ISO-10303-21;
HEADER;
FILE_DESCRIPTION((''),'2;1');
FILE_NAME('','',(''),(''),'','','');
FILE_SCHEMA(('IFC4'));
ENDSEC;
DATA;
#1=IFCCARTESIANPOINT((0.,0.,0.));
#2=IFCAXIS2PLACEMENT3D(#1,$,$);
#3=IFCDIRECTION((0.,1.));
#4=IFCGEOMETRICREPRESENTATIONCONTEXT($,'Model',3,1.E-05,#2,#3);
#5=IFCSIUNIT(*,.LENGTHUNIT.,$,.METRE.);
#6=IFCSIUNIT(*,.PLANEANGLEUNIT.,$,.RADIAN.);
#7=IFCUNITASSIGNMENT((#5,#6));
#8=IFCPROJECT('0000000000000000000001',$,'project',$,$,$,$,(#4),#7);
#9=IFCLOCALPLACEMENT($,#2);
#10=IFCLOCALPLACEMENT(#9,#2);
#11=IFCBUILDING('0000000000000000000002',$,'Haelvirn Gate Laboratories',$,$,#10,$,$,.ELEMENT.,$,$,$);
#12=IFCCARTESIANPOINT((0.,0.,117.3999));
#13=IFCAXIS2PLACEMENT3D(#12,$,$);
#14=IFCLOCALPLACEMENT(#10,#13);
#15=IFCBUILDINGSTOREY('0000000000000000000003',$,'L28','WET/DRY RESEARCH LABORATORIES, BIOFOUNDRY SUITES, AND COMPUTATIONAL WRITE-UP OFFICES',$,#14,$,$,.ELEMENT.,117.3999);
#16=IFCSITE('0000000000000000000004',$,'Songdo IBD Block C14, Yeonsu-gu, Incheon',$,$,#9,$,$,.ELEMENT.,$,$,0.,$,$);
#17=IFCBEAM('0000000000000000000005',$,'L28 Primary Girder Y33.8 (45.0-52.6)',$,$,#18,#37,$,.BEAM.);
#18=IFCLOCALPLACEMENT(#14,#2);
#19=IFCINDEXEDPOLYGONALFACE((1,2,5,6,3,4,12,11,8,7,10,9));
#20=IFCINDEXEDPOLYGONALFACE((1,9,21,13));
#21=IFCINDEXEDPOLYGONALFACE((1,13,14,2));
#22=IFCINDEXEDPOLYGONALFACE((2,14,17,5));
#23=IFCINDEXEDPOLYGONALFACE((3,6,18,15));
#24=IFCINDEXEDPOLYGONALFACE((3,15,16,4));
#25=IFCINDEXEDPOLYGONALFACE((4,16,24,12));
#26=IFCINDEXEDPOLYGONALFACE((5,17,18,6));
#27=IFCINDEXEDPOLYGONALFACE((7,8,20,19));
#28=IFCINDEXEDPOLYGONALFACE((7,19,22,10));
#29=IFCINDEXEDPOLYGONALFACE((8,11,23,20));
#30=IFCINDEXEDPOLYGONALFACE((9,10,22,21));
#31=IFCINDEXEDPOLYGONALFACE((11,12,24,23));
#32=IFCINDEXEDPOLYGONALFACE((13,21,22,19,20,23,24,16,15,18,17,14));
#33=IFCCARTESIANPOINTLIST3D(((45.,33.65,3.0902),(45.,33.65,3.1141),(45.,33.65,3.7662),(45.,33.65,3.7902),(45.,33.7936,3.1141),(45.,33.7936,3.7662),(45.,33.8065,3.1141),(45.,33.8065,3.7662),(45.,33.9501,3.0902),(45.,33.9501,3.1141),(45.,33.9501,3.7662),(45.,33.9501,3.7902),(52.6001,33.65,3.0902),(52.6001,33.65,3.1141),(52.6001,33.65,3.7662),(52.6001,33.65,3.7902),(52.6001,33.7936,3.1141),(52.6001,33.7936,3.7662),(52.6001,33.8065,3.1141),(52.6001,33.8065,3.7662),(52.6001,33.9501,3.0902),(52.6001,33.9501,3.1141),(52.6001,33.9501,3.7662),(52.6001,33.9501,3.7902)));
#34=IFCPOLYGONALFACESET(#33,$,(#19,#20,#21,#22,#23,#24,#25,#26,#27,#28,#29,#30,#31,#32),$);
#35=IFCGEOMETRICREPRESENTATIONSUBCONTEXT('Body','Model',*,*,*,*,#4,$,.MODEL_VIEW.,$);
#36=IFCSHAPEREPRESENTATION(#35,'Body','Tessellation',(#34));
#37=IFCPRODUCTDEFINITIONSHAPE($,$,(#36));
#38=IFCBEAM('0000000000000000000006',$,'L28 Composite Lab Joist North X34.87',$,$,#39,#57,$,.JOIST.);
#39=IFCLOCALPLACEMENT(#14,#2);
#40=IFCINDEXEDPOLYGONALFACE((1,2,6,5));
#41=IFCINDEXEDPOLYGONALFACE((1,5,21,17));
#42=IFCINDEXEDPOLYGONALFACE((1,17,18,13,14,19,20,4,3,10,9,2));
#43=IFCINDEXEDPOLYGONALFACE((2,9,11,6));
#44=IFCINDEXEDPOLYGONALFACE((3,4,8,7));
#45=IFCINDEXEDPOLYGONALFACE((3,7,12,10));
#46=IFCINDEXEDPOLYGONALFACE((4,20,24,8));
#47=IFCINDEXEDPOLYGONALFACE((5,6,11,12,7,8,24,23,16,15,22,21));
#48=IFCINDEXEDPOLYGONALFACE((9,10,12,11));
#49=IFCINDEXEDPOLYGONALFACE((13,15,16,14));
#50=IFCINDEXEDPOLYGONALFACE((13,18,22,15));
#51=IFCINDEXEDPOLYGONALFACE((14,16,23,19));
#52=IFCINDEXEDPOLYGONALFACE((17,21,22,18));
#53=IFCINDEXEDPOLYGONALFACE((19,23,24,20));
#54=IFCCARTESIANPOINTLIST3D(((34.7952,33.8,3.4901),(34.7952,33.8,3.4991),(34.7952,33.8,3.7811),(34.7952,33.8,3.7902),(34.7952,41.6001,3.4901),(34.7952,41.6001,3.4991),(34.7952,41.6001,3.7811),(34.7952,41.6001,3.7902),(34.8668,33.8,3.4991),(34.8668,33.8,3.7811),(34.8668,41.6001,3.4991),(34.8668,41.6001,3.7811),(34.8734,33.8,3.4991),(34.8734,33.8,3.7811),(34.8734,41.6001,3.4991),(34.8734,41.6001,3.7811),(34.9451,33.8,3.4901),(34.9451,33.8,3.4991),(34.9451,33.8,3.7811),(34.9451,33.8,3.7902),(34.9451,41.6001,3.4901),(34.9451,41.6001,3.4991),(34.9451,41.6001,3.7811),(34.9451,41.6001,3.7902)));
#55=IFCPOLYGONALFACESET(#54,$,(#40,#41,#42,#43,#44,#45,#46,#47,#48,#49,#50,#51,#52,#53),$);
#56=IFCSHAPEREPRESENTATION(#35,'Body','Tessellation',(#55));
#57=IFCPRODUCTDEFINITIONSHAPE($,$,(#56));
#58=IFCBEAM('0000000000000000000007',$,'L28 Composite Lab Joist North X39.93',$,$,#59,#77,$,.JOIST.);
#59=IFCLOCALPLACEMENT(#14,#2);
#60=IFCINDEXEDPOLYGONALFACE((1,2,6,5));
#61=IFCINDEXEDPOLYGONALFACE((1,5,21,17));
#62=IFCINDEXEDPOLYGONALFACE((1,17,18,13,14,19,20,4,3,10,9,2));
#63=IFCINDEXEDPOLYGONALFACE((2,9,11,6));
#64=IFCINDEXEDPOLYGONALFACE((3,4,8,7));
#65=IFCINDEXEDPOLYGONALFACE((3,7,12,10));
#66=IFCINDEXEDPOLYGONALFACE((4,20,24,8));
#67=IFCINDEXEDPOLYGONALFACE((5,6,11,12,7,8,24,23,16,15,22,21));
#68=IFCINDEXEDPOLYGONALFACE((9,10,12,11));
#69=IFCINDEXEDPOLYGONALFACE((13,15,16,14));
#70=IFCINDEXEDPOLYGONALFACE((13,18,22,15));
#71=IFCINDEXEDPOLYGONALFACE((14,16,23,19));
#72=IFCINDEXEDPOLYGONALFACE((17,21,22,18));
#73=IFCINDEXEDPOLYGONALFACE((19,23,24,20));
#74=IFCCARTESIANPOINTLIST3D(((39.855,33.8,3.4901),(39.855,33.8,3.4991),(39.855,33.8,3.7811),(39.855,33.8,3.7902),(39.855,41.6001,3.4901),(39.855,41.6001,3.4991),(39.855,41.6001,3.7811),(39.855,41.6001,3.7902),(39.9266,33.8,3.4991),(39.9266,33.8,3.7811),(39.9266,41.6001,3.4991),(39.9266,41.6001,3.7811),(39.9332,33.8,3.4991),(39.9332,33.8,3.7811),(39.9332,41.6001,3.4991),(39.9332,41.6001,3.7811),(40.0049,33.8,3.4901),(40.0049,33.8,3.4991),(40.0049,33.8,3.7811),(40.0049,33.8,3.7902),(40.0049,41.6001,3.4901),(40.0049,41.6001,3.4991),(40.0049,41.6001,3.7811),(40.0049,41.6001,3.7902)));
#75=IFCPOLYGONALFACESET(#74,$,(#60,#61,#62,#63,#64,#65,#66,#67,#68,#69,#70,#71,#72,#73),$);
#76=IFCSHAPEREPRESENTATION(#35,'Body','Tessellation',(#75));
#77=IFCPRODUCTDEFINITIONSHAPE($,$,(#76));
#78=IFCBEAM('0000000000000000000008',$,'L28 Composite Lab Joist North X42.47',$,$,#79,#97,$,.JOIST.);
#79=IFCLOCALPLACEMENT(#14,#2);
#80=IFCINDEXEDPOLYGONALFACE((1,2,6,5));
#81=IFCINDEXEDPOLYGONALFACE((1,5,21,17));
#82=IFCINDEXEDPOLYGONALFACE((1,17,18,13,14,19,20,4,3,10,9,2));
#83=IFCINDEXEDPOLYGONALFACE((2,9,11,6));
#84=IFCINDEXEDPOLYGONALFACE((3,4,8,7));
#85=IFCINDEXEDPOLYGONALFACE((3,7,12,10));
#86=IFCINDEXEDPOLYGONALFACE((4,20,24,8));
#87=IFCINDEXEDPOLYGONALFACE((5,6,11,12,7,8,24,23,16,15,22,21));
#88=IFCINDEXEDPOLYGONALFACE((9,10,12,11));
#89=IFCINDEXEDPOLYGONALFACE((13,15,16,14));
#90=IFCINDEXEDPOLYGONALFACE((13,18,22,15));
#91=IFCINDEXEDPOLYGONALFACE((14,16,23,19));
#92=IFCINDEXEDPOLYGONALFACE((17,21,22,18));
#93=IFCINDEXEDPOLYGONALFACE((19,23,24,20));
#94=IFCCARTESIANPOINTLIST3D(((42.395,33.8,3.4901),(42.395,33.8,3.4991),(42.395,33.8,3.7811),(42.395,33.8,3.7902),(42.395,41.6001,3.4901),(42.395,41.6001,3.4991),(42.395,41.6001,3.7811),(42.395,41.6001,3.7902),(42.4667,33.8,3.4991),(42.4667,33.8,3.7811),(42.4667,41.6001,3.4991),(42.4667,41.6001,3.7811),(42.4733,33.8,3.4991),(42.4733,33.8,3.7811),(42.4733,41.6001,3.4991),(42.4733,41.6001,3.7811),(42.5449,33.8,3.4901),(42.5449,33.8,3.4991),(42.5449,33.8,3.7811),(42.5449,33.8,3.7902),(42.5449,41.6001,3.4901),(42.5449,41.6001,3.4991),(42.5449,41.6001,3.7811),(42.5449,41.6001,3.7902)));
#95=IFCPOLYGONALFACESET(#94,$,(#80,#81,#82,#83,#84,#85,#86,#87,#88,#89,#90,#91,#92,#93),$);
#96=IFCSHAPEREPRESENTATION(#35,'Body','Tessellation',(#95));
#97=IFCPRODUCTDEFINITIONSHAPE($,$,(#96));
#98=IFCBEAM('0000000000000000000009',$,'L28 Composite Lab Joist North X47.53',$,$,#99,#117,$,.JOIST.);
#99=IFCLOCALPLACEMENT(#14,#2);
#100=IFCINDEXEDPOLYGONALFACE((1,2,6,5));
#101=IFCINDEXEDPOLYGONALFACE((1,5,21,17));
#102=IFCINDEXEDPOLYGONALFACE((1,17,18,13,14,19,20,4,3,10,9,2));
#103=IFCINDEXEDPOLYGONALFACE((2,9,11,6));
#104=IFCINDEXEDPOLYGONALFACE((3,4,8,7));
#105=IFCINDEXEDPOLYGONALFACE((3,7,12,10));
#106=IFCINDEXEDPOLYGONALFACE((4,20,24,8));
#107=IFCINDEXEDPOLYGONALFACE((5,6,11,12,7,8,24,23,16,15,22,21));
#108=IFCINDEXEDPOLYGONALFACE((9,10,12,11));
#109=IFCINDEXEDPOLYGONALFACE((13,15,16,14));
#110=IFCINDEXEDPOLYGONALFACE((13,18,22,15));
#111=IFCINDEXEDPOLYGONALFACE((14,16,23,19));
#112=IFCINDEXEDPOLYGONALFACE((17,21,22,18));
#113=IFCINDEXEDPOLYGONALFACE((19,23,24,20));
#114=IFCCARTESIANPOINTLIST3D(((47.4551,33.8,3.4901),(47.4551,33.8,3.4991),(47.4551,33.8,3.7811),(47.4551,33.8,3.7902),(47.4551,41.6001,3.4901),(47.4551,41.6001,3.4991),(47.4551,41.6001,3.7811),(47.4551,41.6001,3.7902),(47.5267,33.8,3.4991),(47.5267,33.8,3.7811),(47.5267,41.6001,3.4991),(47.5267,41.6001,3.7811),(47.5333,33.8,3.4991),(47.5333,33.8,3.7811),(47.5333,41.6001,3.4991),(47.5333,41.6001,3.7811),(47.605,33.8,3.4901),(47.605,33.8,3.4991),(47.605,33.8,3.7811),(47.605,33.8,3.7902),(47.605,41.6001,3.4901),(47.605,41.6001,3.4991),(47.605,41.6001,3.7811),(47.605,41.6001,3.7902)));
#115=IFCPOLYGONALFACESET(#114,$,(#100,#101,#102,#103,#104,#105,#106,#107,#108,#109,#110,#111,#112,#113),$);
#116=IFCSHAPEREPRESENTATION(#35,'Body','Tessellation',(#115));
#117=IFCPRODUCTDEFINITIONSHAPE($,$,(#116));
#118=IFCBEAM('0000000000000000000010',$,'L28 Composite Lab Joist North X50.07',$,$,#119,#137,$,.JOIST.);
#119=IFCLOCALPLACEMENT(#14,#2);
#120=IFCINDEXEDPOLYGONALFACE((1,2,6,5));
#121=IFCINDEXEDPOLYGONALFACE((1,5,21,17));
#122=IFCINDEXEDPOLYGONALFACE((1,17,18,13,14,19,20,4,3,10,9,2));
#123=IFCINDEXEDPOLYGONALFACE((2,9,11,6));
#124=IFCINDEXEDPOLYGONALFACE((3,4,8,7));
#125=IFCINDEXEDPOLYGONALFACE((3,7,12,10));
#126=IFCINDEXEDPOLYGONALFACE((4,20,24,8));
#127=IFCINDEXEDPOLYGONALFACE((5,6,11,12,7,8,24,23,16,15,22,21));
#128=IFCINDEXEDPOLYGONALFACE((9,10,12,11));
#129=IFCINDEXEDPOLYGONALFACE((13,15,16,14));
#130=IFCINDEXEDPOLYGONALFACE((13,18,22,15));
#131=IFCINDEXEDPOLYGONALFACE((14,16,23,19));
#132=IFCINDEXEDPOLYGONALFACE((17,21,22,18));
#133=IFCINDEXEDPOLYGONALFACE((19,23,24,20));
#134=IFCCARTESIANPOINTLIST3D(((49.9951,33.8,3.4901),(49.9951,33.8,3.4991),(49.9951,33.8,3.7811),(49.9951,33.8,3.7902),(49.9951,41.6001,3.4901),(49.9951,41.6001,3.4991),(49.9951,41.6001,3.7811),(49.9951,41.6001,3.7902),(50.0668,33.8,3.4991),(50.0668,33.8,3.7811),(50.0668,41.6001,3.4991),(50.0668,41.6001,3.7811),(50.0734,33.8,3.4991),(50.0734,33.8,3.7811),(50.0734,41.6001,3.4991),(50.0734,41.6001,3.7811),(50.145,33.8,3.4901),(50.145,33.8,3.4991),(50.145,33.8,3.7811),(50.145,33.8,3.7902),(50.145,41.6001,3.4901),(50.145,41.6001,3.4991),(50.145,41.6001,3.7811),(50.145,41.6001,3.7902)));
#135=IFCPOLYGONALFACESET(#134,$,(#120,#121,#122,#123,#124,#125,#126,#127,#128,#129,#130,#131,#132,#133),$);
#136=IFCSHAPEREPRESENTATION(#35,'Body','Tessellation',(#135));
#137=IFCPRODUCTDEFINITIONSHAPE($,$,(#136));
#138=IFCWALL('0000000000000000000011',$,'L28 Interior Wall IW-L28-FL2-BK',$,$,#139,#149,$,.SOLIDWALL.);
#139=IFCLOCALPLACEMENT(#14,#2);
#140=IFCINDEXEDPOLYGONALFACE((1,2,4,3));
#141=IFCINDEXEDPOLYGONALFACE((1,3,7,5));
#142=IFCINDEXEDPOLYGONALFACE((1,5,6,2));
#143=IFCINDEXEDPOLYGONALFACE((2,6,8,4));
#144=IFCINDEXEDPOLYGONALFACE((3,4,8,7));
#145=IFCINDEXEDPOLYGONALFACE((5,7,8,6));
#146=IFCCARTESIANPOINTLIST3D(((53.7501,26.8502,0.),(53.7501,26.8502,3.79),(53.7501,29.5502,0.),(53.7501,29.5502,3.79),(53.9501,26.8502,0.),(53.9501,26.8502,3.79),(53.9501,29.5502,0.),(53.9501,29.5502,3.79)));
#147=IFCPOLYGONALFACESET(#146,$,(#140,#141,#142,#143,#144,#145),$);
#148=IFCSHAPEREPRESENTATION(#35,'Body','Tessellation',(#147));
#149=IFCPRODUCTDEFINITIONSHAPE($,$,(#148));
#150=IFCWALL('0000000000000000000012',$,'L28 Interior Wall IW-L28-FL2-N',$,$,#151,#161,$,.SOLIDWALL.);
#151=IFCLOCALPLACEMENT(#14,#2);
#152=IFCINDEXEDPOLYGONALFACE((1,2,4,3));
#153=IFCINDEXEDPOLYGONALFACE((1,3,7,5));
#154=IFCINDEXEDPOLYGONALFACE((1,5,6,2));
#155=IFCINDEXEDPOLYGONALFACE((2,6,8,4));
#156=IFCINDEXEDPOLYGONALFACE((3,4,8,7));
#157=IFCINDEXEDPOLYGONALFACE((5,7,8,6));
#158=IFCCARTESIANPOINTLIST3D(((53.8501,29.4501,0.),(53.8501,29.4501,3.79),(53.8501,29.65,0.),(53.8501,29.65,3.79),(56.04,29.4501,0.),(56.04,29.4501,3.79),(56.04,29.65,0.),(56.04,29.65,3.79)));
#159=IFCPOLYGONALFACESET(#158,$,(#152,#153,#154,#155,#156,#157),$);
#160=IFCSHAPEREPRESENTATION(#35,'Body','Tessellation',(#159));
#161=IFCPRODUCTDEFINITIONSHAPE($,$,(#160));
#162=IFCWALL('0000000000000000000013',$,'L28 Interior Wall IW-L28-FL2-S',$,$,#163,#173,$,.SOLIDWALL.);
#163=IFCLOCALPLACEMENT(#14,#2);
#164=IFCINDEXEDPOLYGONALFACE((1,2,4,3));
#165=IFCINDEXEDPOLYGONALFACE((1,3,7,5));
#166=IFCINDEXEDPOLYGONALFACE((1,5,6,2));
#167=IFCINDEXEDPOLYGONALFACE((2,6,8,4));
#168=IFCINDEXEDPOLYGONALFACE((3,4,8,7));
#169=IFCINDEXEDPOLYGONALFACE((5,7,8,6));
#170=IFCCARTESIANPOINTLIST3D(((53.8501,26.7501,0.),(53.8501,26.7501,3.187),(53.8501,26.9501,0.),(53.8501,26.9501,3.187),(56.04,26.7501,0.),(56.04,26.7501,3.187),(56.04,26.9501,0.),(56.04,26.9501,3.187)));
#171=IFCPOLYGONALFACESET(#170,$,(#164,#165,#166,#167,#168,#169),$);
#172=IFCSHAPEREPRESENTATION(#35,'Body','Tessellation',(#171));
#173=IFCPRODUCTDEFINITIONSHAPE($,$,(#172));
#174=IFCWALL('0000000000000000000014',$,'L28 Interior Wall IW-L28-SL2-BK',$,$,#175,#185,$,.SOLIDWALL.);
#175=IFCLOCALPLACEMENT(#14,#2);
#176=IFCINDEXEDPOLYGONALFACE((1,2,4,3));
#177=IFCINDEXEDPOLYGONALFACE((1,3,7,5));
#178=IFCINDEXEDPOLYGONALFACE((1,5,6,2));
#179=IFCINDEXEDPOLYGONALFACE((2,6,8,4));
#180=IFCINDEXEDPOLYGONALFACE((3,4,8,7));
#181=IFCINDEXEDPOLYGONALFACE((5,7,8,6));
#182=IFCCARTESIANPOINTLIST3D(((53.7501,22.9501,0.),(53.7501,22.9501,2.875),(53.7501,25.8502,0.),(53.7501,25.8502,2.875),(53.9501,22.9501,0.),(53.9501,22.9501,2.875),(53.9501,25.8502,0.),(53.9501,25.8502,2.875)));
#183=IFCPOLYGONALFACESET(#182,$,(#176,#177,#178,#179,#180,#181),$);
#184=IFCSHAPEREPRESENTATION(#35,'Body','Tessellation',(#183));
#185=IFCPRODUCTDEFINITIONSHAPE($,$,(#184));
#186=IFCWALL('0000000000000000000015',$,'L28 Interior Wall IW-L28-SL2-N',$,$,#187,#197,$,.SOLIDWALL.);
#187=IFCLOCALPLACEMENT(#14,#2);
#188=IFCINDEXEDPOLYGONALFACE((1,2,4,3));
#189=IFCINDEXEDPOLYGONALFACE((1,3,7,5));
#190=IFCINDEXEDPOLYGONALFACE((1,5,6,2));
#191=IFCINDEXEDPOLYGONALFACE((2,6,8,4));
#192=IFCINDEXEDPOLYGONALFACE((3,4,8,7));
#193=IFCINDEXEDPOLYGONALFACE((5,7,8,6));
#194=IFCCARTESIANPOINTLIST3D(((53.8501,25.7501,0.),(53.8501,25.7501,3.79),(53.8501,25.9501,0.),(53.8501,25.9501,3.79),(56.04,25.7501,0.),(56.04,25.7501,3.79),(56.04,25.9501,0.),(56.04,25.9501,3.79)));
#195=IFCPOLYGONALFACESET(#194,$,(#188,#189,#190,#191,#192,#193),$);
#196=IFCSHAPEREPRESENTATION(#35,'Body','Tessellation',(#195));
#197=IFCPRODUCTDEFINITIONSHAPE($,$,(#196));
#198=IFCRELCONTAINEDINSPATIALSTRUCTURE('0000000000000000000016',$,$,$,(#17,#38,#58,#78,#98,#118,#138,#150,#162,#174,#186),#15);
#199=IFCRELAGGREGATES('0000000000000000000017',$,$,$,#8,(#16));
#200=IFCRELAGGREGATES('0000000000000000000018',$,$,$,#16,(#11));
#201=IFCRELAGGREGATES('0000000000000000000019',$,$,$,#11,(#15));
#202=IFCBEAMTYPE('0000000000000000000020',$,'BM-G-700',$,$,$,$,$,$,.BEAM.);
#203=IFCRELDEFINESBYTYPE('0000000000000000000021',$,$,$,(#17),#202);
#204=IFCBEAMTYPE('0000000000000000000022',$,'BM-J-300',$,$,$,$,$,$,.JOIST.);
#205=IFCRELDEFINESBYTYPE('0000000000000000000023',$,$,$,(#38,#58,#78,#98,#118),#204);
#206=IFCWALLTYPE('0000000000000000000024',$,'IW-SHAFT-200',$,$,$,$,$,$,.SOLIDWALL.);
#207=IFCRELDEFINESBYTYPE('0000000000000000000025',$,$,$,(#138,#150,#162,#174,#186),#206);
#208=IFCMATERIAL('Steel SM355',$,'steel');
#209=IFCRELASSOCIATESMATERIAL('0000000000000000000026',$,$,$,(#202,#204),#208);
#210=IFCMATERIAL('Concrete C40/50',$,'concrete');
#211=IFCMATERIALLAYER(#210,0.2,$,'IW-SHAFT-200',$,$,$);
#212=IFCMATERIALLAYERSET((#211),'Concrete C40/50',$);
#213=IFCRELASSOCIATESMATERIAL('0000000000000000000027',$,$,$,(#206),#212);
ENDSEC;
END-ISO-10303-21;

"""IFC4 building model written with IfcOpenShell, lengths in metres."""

from ifc_helpers import new_model, si_unit, direction, frame, frame_2d, origin, origin_2d, place, context, subcontext, project, spatial, rectangle, i_section, extrude, source, transform, mapped, material, layer, layer_set, material_profile, profile_set, type_object, type_shapes, element, save


model = new_model("IFC4")

# Units and contexts
model_context = context("Model", 3, precision=1e-05, world=origin(), true_north=direction((0.0, 1.0)))
body_context = subcontext(model_context, "Body", "Model", "MODEL_VIEW")
ifc_project = project(units=[si_unit("LENGTHUNIT", "METRE"), si_unit("PLANEANGLEUNIT", "RADIAN")], contexts=[model_context])

# Site, building, storey
site_placement = place(None, origin())
site = spatial("IfcSite", under=ifc_project, at=site_placement, Name="Songdo IBD Block C14, Yeonsu-gu, Incheon", CompositionType="ELEMENT", RefElevation=0.0)
building_placement = place(site_placement, origin())
building = spatial("IfcBuilding", under=site, at=building_placement, Name="Haelvirn Gate Laboratories", CompositionType="ELEMENT")
storey_placement = place(building_placement, frame((0.0, 0.0, 117.3999)))
storey = spatial("IfcBuildingStorey", under=building, at=storey_placement, Name="L28", Description="WET/DRY RESEARCH LABORATORIES, BIOFOUNDRY SUITES, AND COMPUTATIONAL WRITE-UP OFFICES", CompositionType="ELEMENT", Elevation=117.3999)

# Shared definitions
ifc_material_1 = material(Name="Steel SM355", Category="steel")

# Beams
ifc_material_profile_1 = material_profile(ifc_material_1, i_section(OverallWidth=0.3, OverallDepth=0.7, WebThickness=0.0129, FlangeThickness=0.0239, at=origin_2d()), Name="H-700x300x13x24")
ifc_profile_set_1 = profile_set([ifc_material_profile_1], Name="Steel SM355")
beam_type_1 = type_object("IfcBeamType", Name="BM-G-700", PredefinedType="BEAM", material=ifc_profile_set_1)
shared_shape_1 = source(origin(), body_context, "Body", "SweptSolid", [
    extrude(i_section(OverallWidth=0.3, OverallDepth=0.7, WebThickness=0.0129, FlangeThickness=0.0239, at=origin_2d()), origin(), (0.0, 0.0, 1.0), 7.6001),
])
type_shapes(beam_type_1, [shared_shape_1])
for number, where, z_axis, x_axis, name in (
    (1, (45.0, 33.8, 3.4402), (1.0, 0.0, 0.0), (0.0, 1.0, 0.0), "L28 Primary Girder Y33.8 (45.0-52.6)"),
):
    element("IfcBeam", number, at=place(storey_placement, frame(where, z_axis=z_axis, x_axis=x_axis)), inside=storey, type_object=beam_type_1, Name=name, PredefinedType="BEAM", context=body_context, shape_type="MappedRepresentation", body=[
        mapped(shared_shape_1, transform((0.0, 0.0, 0.0), scale=1.0)),
    ])
ifc_material_profile_2 = material_profile(ifc_material_1, i_section(OverallWidth=0.1499, OverallDepth=0.3, WebThickness=0.0066, FlangeThickness=0.009, at=origin_2d()), Name="H-300x150x6.5x9")
ifc_profile_set_2 = profile_set([ifc_material_profile_2], Name="Steel SM355")
beam_type_2 = type_object("IfcBeamType", Name="BM-J-300", PredefinedType="JOIST", material=ifc_profile_set_2)
shared_shape_2 = source(origin(), body_context, "Body", "SweptSolid", [
    extrude(i_section(OverallWidth=0.1499, OverallDepth=0.3, WebThickness=0.0066, FlangeThickness=0.009, at=origin_2d()), origin(), (0.0, 0.0, 1.0), 7.8),
])
type_shapes(beam_type_2, [shared_shape_2])
for number, where, z_axis, x_axis, name in (
    (2, (34.8701, 33.8, 3.6401), (0.0, 1.0, 0.0), (-1.0, 0.0, 0.0), "L28 Composite Lab Joist North X34.87"),
    (3, (39.9299, 33.8, 3.6401), (0.0, 1.0, 0.0), (-1.0, 0.0, 0.0), "L28 Composite Lab Joist North X39.93"),
    (4, (42.47, 33.8, 3.6401), (0.0, 1.0, 0.0), (-1.0, 0.0, 0.0), "L28 Composite Lab Joist North X42.47"),
    (5, (47.53, 33.8, 3.6401), (0.0, 1.0, 0.0), (-1.0, 0.0, 0.0), "L28 Composite Lab Joist North X47.53"),
    (6, (50.0701, 33.8, 3.6401), (0.0, 1.0, 0.0), (-1.0, 0.0, 0.0), "L28 Composite Lab Joist North X50.07"),
):
    element("IfcBeam", number, at=place(storey_placement, frame(where, z_axis=z_axis, x_axis=x_axis)), inside=storey, type_object=beam_type_2, Name=name, PredefinedType="JOIST", context=body_context, shape_type="MappedRepresentation", body=[
        mapped(shared_shape_2, transform((0.0, 0.0, 0.0), scale=1.0)),
    ])

# Walls
ifc_material_2 = material(Name="Concrete C40/50", Category="concrete")
ifc_layer_1 = layer(ifc_material_2, 0.2, Name="IW-SHAFT-200")
ifc_layer_set_1 = layer_set([ifc_layer_1], Name="Concrete C40/50")
wall_type_1 = type_object("IfcWallType", Name="IW-SHAFT-200", PredefinedType="SOLIDWALL", material=ifc_layer_set_1)
wall_1_placement = place(storey_placement, frame((53.8501, 26.8501, 0.0), z_axis=(0.0, 0.0, 1.0), x_axis=(0.0, 1.0, 0.0)))
element("IfcWall", 7, at=wall_1_placement, inside=storey, type_object=wall_type_1, Name="L28 Interior Wall IW-L28-FL2-BK", PredefinedType="SOLIDWALL", context=body_context, shape_type="SweptSolid", body=[
    extrude(rectangle(XDim=2.7, YDim=0.2, at=frame_2d((1.3501, 0.0))), origin(), (0.0, 0.0, 1.0), 3.79),
])
wall_2_placement = place(storey_placement, frame((53.8501, 29.55, 0.0), z_axis=(0.0, 0.0, 1.0), x_axis=(1.0, 0.0, 0.0)))
element("IfcWall", 8, at=wall_2_placement, inside=storey, type_object=wall_type_1, Name="L28 Interior Wall IW-L28-FL2-N", PredefinedType="SOLIDWALL", context=body_context, shape_type="SweptSolid", body=[
    extrude(rectangle(XDim=2.1899, YDim=0.2, at=frame_2d((1.095, 0.0))), origin(), (0.0, 0.0, 1.0), 3.79),
])
wall_3_placement = place(storey_placement, frame((53.8501, 26.8501, 0.0), z_axis=(0.0, 0.0, 1.0), x_axis=(1.0, 0.0, 0.0)))
element("IfcWall", 9, at=wall_3_placement, inside=storey, type_object=wall_type_1, Name="L28 Interior Wall IW-L28-FL2-S", PredefinedType="SOLIDWALL", context=body_context, shape_type="SweptSolid", body=[
    extrude(rectangle(XDim=2.1899, YDim=0.2, at=frame_2d((1.095, 0.0))), origin(), (0.0, 0.0, 1.0), 3.187),
])
wall_4_placement = place(storey_placement, frame((53.8501, 22.95, 0.0), z_axis=(0.0, 0.0, 1.0), x_axis=(0.0, 1.0, 0.0)))
element("IfcWall", 10, at=wall_4_placement, inside=storey, type_object=wall_type_1, Name="L28 Interior Wall IW-L28-SL2-BK", PredefinedType="SOLIDWALL", context=body_context, shape_type="SweptSolid", body=[
    extrude(rectangle(XDim=2.9001, YDim=0.2, at=frame_2d((1.4502, 0.0))), origin(), (0.0, 0.0, 1.0), 2.875),
])
for number, where, z_axis, x_axis, name in (
    (11, (53.8501, 25.8501, 0.0), (0.0, 0.0, 1.0), (1.0, 0.0, 0.0), "L28 Interior Wall IW-L28-SL2-N"),
):
    element("IfcWall", number, at=place(storey_placement, frame(where, z_axis=z_axis, x_axis=x_axis)), inside=storey, type_object=wall_type_1, Name=name, PredefinedType="SOLIDWALL", context=body_context, shape_type="SweptSolid", body=[
        extrude(rectangle(XDim=2.1899, YDim=0.2, at=frame_2d((1.095, 0.0))), origin(), (0.0, 0.0, 1.0), 3.79),
    ])

save(model, "model.ifc")
